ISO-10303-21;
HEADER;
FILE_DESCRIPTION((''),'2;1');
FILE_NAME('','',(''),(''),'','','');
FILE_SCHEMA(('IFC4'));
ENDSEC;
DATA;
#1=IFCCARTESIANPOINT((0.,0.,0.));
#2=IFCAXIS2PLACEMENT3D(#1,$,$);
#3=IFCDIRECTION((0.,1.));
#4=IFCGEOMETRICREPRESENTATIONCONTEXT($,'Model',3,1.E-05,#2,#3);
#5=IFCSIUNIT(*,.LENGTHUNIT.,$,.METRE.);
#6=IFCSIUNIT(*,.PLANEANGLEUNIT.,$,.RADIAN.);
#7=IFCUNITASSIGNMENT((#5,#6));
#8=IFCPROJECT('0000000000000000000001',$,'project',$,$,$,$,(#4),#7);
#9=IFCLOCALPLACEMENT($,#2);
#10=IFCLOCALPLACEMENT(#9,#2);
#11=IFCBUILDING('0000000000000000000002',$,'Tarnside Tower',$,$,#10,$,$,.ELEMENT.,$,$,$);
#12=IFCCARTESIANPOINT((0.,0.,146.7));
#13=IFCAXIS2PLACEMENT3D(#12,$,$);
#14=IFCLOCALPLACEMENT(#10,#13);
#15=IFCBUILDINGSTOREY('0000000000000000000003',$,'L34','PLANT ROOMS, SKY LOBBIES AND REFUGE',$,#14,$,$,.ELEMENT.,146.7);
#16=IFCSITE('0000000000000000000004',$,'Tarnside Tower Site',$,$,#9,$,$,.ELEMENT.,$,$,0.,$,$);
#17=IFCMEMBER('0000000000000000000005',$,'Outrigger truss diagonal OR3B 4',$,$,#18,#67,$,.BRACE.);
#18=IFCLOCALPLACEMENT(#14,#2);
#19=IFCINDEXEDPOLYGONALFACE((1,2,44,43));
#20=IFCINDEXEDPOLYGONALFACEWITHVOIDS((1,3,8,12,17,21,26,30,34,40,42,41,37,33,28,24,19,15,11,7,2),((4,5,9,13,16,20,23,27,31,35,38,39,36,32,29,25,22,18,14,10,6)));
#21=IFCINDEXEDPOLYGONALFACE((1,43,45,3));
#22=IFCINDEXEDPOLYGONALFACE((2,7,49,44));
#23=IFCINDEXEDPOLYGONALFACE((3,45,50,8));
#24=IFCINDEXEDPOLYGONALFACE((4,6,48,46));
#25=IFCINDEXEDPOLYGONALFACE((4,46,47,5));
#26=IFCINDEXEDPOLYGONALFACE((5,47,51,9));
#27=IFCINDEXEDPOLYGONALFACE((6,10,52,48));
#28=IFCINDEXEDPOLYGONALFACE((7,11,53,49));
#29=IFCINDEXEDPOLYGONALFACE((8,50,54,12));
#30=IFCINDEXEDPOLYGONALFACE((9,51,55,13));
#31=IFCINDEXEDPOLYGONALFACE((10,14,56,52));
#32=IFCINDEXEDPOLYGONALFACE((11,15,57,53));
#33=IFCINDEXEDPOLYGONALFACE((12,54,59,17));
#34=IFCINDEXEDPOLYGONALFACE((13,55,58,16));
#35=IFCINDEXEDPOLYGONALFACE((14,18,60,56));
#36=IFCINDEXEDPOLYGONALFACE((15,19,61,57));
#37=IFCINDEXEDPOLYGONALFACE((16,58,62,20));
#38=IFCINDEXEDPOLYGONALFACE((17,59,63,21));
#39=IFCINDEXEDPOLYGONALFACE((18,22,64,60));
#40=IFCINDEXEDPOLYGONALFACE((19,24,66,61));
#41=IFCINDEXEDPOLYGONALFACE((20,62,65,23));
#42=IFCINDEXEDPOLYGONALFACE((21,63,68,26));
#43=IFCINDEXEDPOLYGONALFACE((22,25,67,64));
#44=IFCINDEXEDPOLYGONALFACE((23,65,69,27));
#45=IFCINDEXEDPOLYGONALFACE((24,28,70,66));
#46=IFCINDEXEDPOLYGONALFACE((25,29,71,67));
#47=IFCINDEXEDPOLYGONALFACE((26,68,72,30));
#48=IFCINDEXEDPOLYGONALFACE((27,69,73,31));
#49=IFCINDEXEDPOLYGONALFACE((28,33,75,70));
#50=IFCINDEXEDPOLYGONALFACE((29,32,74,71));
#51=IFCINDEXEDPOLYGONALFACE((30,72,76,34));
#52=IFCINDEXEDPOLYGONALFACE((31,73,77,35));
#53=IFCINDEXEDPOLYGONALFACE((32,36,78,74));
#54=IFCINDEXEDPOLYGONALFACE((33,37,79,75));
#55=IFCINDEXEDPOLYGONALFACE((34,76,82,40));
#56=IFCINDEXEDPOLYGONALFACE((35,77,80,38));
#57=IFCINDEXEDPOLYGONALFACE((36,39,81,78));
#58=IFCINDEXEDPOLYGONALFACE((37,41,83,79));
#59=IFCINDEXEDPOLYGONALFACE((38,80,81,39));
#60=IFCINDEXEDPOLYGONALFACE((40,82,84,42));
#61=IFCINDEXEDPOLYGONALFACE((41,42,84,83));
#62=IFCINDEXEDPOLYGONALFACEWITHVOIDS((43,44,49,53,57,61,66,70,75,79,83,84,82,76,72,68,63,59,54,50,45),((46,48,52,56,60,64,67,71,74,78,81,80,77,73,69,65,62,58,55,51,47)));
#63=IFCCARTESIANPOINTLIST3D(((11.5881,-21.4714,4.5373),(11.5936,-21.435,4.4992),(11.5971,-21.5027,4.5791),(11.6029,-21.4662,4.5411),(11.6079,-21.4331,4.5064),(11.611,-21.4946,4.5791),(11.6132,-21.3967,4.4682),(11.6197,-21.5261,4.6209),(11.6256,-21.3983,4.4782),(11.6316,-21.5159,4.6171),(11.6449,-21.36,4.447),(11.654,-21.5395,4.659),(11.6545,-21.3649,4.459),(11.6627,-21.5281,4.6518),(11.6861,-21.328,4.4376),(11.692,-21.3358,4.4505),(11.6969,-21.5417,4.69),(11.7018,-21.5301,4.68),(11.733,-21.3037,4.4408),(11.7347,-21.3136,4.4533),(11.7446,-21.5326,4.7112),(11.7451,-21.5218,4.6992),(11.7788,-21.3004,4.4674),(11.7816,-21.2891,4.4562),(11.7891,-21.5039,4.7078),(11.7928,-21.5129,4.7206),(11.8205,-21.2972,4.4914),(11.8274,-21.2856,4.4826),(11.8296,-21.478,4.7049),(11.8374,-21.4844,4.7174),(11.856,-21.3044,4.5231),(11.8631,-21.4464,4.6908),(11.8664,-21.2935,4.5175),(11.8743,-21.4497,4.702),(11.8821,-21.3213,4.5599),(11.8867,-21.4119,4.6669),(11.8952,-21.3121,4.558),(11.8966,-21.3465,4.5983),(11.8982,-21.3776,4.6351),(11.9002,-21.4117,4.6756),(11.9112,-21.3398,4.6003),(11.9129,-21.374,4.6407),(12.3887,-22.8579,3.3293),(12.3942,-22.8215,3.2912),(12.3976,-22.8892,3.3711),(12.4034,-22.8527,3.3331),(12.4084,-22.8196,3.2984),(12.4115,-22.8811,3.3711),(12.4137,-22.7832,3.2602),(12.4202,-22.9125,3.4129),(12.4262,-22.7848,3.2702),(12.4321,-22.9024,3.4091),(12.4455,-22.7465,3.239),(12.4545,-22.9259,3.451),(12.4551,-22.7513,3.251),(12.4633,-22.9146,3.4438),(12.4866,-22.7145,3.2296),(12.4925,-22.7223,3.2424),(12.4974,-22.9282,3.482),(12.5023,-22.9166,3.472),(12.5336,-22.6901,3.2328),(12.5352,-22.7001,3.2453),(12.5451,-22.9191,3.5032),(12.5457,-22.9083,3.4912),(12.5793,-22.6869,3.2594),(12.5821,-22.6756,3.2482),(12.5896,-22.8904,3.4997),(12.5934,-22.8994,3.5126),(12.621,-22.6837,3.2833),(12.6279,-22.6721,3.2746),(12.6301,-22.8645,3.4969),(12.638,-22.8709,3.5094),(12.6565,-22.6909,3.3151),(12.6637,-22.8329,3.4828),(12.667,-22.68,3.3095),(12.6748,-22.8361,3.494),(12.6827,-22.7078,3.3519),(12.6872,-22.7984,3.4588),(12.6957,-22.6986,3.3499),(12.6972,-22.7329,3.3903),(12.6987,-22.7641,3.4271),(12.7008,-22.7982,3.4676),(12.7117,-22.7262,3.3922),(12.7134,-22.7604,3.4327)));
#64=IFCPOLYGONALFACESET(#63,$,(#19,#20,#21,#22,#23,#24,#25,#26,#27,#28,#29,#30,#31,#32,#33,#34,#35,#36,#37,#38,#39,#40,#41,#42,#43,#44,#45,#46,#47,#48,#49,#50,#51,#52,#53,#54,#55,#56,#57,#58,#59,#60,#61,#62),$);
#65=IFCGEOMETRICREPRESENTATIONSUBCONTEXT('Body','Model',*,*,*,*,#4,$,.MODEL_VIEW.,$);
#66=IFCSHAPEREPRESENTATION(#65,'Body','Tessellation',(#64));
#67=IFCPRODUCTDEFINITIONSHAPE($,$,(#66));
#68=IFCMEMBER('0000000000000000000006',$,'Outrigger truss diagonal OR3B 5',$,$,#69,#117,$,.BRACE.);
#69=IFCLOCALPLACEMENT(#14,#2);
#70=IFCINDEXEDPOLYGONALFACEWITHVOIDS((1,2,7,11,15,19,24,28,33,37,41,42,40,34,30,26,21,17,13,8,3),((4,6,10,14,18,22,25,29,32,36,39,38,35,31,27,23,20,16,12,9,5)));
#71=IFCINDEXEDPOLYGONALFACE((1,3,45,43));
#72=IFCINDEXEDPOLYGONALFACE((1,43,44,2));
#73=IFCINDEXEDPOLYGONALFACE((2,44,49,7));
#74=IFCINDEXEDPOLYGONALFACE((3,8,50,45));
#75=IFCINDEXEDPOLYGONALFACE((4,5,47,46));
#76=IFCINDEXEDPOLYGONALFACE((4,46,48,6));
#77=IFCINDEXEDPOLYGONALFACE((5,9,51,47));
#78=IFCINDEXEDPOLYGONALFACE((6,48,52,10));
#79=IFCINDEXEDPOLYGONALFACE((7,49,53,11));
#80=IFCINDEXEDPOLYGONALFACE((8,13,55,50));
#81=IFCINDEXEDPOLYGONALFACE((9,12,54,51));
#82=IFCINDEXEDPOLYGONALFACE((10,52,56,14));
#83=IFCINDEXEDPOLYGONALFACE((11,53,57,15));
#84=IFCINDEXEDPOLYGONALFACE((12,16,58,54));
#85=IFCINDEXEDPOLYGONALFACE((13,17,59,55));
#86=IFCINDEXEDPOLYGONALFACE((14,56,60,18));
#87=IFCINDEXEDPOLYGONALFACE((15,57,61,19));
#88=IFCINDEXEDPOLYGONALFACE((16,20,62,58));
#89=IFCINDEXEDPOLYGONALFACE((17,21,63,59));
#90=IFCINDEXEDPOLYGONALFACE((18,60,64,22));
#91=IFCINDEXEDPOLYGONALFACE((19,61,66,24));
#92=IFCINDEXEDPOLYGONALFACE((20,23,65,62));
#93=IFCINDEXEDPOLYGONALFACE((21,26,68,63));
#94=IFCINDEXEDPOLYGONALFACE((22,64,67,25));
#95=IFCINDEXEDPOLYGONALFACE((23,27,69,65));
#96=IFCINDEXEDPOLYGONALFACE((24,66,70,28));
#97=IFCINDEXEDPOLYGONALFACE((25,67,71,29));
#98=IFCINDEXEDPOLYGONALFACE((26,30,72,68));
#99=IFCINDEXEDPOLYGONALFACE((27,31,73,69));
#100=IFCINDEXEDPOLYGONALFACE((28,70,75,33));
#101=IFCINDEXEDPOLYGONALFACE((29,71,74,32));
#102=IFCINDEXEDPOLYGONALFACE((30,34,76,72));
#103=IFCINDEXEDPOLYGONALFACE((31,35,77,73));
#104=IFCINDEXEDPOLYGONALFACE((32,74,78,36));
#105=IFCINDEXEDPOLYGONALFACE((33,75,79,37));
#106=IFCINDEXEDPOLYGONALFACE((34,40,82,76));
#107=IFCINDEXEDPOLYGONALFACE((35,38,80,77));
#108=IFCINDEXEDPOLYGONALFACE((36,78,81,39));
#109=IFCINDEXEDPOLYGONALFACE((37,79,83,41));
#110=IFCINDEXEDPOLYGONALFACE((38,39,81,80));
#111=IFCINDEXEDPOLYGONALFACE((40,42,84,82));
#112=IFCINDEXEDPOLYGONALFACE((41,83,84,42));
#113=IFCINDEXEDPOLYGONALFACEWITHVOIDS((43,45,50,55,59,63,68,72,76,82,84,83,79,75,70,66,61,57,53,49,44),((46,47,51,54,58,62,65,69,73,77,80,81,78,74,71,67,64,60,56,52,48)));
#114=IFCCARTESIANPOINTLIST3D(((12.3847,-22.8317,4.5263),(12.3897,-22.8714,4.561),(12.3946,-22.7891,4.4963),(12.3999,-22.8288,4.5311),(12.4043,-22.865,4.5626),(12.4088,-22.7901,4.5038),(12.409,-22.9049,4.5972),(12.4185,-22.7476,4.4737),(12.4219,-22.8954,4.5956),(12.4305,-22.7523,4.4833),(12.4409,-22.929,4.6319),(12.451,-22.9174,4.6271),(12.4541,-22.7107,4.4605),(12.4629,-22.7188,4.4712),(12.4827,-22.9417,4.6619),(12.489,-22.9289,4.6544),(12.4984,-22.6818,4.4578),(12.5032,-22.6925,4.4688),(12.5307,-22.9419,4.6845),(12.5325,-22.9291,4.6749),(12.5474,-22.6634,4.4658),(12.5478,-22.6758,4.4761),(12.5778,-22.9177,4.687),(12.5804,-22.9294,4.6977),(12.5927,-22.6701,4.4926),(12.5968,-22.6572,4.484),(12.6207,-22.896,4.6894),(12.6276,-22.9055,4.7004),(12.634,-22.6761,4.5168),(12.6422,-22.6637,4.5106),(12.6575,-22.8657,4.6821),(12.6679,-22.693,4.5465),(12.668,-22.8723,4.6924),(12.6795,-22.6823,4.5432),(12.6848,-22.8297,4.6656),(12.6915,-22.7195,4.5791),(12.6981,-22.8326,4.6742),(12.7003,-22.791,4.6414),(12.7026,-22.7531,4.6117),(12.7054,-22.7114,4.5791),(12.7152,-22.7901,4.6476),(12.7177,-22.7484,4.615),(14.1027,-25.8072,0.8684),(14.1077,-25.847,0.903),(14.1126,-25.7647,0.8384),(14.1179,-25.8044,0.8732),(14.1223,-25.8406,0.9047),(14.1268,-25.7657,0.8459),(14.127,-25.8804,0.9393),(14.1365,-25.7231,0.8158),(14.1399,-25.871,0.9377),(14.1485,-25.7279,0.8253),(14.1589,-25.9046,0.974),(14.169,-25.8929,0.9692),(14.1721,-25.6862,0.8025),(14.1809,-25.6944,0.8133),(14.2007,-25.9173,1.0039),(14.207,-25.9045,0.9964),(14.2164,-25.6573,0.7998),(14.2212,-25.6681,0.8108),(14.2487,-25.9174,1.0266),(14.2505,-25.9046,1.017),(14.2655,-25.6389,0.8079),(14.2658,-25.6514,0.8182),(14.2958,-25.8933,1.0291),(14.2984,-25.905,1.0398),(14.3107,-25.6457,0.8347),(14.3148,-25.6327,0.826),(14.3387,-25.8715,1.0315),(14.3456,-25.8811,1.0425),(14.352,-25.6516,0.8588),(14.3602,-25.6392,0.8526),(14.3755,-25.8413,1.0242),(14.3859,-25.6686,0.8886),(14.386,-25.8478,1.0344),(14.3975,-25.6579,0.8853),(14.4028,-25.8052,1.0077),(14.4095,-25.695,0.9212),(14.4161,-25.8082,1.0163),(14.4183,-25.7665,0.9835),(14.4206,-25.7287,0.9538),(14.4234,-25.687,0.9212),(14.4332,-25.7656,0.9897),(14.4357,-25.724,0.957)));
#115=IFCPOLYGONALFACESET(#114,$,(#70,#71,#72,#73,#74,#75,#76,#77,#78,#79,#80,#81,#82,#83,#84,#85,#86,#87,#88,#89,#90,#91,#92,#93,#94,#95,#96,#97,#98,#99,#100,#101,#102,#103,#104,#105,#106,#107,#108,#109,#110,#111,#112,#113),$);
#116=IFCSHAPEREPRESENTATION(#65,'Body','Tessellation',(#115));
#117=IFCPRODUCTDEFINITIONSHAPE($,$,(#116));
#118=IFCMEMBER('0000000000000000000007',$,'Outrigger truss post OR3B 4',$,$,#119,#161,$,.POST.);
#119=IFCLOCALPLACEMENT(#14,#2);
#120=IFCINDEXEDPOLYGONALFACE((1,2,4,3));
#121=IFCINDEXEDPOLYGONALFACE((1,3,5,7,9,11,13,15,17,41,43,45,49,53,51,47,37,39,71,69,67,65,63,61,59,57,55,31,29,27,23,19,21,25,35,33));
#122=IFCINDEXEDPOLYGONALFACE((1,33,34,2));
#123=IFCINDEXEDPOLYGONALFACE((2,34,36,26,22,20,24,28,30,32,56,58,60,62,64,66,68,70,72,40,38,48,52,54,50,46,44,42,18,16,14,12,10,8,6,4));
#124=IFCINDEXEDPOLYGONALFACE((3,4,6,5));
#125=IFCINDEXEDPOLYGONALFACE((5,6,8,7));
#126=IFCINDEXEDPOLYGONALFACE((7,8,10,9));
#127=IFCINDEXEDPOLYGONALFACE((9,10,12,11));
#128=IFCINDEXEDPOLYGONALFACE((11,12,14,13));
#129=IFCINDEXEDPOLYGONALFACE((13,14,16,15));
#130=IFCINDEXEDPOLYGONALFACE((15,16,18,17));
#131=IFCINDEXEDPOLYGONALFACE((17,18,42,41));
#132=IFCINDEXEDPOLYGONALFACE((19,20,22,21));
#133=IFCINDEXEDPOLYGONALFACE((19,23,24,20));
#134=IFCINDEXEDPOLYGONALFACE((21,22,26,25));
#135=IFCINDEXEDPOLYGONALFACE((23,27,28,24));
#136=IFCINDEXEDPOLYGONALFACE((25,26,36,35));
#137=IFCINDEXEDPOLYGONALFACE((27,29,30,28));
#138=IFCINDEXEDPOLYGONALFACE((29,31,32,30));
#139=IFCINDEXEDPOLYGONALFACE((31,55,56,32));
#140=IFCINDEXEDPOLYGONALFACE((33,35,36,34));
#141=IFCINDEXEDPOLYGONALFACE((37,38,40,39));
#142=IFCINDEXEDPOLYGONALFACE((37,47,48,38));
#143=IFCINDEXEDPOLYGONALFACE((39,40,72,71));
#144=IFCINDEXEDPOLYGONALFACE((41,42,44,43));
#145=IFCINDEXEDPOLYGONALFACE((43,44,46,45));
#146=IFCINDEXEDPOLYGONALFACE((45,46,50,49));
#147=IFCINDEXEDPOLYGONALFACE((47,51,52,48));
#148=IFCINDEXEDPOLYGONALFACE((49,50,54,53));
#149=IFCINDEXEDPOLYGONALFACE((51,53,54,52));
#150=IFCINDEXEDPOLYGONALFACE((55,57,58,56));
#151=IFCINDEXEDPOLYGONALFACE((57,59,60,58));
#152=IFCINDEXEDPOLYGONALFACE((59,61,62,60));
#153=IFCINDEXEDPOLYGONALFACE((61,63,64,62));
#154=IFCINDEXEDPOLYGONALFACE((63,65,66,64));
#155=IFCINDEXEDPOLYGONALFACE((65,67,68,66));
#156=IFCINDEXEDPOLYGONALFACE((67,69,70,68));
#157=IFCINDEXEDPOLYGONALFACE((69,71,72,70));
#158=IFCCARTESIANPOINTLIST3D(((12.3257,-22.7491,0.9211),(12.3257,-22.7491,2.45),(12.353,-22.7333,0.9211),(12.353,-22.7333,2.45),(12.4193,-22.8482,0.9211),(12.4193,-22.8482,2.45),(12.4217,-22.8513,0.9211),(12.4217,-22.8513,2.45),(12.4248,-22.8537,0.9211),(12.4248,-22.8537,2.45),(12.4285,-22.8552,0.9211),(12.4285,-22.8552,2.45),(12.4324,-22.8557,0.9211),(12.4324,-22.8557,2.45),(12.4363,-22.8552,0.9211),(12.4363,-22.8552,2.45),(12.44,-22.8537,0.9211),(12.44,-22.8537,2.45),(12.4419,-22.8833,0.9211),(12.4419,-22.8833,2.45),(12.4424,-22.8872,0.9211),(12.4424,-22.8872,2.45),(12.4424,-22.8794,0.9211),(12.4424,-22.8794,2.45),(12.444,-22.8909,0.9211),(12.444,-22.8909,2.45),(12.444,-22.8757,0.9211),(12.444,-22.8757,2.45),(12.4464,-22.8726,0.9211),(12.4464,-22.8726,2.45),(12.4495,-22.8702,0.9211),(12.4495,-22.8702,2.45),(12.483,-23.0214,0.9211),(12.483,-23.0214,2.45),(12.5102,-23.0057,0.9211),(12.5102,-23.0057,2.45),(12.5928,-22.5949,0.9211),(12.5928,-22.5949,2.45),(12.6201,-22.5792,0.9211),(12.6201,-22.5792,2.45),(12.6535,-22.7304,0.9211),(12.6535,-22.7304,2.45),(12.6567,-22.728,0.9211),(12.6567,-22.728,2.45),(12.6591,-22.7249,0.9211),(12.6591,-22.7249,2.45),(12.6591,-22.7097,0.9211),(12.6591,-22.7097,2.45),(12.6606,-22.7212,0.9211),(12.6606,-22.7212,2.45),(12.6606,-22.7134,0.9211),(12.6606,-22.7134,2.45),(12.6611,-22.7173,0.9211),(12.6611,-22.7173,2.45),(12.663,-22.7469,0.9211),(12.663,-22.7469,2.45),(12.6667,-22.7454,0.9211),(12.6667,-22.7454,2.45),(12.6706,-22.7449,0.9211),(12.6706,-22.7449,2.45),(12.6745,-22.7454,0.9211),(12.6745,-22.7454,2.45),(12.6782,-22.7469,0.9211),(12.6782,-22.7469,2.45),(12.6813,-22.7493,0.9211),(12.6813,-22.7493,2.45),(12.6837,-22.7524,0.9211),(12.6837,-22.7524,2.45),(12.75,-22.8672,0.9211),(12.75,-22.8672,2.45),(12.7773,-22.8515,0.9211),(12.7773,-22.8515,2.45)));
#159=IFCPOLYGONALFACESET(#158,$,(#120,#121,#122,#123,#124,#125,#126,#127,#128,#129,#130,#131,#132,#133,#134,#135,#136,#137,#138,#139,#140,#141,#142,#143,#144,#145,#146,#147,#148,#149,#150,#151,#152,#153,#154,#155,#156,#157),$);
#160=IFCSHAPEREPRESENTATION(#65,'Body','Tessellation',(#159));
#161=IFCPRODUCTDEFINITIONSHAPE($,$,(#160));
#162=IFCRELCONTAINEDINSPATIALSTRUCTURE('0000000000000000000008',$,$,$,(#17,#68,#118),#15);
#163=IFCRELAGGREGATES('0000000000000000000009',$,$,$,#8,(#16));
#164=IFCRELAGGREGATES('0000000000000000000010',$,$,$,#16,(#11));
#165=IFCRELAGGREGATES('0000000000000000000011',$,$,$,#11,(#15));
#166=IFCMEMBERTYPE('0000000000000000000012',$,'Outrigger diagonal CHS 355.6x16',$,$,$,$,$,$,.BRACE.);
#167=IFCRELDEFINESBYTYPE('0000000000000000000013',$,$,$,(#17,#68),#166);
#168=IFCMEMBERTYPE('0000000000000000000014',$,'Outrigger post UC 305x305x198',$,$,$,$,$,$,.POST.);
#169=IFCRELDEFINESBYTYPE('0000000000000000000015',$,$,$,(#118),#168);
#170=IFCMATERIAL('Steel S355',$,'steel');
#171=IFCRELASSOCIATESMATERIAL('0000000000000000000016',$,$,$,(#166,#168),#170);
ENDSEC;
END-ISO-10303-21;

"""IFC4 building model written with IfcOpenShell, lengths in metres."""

from ifc_helpers import new_model, si_unit, direction, frame, origin, origin_2d, place, context, subcontext, project, spatial, hollow_circle, i_section, extrude, material, material_profile, profile_set, type_object, element, save


model = new_model("IFC4")

# Units and contexts
model_context = context("Model", 3, precision=1e-05, world=origin(), true_north=direction((0.0, 1.0)))
body_context = subcontext(model_context, "Body", "Model", "MODEL_VIEW")
ifc_project = project(units=[si_unit("LENGTHUNIT", "METRE"), si_unit("PLANEANGLEUNIT", "RADIAN")], contexts=[model_context])

# Site, building, storey
site_placement = place(None, origin())
site = spatial("IfcSite", under=ifc_project, at=site_placement, Name="Tarnside Tower Site", CompositionType="ELEMENT", RefElevation=0.0)
building_placement = place(site_placement, origin())
building = spatial("IfcBuilding", under=site, at=building_placement, Name="Tarnside Tower", CompositionType="ELEMENT")
storey_placement = place(building_placement, frame((0.0, 0.0, 146.7)))
storey = spatial("IfcBuildingStorey", under=building, at=storey_placement, Name="L34", Description="PLANT ROOMS, SKY LOBBIES AND REFUGE", CompositionType="ELEMENT", Elevation=146.7)

# Shared definitions
ifc_material_1 = material(Name="Steel S355", Category="steel")

# Members
ifc_material_profile_1 = material_profile(ifc_material_1, hollow_circle(Radius=0.1777, WallThickness=0.0161, at=origin_2d()), Name="CHS 355.6x16")
ifc_profile_set_1 = profile_set([ifc_material_profile_1], Name="Steel S355")
member_type_1 = type_object("IfcMemberType", Name="Outrigger diagonal CHS 355.6x16", PredefinedType="BRACE", material=ifc_profile_set_1)
member_1_placement = place(storey_placement, frame((12.5515, -22.8003, 3.3711), z_axis=(-0.39915, 0.6913, 0.602316), x_axis=(-0.86601, -0.500026, 0.0)))
element("IfcMember", 1, at=member_1_placement, inside=storey, type_object=member_type_1, Name="Outrigger truss diagonal OR3B 4", PredefinedType="BRACE", context=body_context, shape_type="SweptSolid", body=[
    extrude(hollow_circle(Radius=0.1777, WallThickness=0.0161, at=origin_2d()), origin(), (0.0, 0.0, 1.0), 2.0056),
])
member_2_placement = place(storey_placement, frame((12.5515, -22.8003, 4.5791), z_axis=(0.34233, -0.592911, -0.72888), x_axis=(0.866018, 0.500014, 0.0)))
element("IfcMember", 2, at=member_2_placement, inside=storey, type_object=member_type_1, Name="Outrigger truss diagonal OR3B 5", PredefinedType="BRACE", context=body_context, shape_type="SweptSolid", body=[
    extrude(hollow_circle(Radius=0.1777, WallThickness=0.0161, at=origin_2d()), origin(), (0.0, 0.0, 1.0), 5.0186),
])
ifc_material_profile_2 = material_profile(ifc_material_1, i_section(OverallWidth=0.3145, OverallDepth=0.3398, WebThickness=0.019, FlangeThickness=0.0315, FilletRadius=0.0151, at=origin_2d()), Name="UC 305x305x198")
ifc_profile_set_2 = profile_set([ifc_material_profile_2], Name="Steel S355")
member_type_2 = type_object("IfcMemberType", Name="Outrigger post UC 305x305x198", PredefinedType="POST", material=ifc_profile_set_2)
member_3_placement = place(storey_placement, frame((12.5515, -22.8003, 0.9211), z_axis=(0.0, 0.0, 1.0), x_axis=(0.5, -0.866025, 0.0)))
element("IfcMember", 3, at=member_3_placement, inside=storey, type_object=member_type_2, Name="Outrigger truss post OR3B 4", PredefinedType="POST", context=body_context, shape_type="SweptSolid", body=[
    extrude(i_section(OverallWidth=0.3145, OverallDepth=0.3398, WebThickness=0.019, FlangeThickness=0.0315, FilletRadius=0.0151, at=origin_2d()), origin(), (0.0, 0.0, 1.0), 1.5288),
])

save(model, "model.ifc")
